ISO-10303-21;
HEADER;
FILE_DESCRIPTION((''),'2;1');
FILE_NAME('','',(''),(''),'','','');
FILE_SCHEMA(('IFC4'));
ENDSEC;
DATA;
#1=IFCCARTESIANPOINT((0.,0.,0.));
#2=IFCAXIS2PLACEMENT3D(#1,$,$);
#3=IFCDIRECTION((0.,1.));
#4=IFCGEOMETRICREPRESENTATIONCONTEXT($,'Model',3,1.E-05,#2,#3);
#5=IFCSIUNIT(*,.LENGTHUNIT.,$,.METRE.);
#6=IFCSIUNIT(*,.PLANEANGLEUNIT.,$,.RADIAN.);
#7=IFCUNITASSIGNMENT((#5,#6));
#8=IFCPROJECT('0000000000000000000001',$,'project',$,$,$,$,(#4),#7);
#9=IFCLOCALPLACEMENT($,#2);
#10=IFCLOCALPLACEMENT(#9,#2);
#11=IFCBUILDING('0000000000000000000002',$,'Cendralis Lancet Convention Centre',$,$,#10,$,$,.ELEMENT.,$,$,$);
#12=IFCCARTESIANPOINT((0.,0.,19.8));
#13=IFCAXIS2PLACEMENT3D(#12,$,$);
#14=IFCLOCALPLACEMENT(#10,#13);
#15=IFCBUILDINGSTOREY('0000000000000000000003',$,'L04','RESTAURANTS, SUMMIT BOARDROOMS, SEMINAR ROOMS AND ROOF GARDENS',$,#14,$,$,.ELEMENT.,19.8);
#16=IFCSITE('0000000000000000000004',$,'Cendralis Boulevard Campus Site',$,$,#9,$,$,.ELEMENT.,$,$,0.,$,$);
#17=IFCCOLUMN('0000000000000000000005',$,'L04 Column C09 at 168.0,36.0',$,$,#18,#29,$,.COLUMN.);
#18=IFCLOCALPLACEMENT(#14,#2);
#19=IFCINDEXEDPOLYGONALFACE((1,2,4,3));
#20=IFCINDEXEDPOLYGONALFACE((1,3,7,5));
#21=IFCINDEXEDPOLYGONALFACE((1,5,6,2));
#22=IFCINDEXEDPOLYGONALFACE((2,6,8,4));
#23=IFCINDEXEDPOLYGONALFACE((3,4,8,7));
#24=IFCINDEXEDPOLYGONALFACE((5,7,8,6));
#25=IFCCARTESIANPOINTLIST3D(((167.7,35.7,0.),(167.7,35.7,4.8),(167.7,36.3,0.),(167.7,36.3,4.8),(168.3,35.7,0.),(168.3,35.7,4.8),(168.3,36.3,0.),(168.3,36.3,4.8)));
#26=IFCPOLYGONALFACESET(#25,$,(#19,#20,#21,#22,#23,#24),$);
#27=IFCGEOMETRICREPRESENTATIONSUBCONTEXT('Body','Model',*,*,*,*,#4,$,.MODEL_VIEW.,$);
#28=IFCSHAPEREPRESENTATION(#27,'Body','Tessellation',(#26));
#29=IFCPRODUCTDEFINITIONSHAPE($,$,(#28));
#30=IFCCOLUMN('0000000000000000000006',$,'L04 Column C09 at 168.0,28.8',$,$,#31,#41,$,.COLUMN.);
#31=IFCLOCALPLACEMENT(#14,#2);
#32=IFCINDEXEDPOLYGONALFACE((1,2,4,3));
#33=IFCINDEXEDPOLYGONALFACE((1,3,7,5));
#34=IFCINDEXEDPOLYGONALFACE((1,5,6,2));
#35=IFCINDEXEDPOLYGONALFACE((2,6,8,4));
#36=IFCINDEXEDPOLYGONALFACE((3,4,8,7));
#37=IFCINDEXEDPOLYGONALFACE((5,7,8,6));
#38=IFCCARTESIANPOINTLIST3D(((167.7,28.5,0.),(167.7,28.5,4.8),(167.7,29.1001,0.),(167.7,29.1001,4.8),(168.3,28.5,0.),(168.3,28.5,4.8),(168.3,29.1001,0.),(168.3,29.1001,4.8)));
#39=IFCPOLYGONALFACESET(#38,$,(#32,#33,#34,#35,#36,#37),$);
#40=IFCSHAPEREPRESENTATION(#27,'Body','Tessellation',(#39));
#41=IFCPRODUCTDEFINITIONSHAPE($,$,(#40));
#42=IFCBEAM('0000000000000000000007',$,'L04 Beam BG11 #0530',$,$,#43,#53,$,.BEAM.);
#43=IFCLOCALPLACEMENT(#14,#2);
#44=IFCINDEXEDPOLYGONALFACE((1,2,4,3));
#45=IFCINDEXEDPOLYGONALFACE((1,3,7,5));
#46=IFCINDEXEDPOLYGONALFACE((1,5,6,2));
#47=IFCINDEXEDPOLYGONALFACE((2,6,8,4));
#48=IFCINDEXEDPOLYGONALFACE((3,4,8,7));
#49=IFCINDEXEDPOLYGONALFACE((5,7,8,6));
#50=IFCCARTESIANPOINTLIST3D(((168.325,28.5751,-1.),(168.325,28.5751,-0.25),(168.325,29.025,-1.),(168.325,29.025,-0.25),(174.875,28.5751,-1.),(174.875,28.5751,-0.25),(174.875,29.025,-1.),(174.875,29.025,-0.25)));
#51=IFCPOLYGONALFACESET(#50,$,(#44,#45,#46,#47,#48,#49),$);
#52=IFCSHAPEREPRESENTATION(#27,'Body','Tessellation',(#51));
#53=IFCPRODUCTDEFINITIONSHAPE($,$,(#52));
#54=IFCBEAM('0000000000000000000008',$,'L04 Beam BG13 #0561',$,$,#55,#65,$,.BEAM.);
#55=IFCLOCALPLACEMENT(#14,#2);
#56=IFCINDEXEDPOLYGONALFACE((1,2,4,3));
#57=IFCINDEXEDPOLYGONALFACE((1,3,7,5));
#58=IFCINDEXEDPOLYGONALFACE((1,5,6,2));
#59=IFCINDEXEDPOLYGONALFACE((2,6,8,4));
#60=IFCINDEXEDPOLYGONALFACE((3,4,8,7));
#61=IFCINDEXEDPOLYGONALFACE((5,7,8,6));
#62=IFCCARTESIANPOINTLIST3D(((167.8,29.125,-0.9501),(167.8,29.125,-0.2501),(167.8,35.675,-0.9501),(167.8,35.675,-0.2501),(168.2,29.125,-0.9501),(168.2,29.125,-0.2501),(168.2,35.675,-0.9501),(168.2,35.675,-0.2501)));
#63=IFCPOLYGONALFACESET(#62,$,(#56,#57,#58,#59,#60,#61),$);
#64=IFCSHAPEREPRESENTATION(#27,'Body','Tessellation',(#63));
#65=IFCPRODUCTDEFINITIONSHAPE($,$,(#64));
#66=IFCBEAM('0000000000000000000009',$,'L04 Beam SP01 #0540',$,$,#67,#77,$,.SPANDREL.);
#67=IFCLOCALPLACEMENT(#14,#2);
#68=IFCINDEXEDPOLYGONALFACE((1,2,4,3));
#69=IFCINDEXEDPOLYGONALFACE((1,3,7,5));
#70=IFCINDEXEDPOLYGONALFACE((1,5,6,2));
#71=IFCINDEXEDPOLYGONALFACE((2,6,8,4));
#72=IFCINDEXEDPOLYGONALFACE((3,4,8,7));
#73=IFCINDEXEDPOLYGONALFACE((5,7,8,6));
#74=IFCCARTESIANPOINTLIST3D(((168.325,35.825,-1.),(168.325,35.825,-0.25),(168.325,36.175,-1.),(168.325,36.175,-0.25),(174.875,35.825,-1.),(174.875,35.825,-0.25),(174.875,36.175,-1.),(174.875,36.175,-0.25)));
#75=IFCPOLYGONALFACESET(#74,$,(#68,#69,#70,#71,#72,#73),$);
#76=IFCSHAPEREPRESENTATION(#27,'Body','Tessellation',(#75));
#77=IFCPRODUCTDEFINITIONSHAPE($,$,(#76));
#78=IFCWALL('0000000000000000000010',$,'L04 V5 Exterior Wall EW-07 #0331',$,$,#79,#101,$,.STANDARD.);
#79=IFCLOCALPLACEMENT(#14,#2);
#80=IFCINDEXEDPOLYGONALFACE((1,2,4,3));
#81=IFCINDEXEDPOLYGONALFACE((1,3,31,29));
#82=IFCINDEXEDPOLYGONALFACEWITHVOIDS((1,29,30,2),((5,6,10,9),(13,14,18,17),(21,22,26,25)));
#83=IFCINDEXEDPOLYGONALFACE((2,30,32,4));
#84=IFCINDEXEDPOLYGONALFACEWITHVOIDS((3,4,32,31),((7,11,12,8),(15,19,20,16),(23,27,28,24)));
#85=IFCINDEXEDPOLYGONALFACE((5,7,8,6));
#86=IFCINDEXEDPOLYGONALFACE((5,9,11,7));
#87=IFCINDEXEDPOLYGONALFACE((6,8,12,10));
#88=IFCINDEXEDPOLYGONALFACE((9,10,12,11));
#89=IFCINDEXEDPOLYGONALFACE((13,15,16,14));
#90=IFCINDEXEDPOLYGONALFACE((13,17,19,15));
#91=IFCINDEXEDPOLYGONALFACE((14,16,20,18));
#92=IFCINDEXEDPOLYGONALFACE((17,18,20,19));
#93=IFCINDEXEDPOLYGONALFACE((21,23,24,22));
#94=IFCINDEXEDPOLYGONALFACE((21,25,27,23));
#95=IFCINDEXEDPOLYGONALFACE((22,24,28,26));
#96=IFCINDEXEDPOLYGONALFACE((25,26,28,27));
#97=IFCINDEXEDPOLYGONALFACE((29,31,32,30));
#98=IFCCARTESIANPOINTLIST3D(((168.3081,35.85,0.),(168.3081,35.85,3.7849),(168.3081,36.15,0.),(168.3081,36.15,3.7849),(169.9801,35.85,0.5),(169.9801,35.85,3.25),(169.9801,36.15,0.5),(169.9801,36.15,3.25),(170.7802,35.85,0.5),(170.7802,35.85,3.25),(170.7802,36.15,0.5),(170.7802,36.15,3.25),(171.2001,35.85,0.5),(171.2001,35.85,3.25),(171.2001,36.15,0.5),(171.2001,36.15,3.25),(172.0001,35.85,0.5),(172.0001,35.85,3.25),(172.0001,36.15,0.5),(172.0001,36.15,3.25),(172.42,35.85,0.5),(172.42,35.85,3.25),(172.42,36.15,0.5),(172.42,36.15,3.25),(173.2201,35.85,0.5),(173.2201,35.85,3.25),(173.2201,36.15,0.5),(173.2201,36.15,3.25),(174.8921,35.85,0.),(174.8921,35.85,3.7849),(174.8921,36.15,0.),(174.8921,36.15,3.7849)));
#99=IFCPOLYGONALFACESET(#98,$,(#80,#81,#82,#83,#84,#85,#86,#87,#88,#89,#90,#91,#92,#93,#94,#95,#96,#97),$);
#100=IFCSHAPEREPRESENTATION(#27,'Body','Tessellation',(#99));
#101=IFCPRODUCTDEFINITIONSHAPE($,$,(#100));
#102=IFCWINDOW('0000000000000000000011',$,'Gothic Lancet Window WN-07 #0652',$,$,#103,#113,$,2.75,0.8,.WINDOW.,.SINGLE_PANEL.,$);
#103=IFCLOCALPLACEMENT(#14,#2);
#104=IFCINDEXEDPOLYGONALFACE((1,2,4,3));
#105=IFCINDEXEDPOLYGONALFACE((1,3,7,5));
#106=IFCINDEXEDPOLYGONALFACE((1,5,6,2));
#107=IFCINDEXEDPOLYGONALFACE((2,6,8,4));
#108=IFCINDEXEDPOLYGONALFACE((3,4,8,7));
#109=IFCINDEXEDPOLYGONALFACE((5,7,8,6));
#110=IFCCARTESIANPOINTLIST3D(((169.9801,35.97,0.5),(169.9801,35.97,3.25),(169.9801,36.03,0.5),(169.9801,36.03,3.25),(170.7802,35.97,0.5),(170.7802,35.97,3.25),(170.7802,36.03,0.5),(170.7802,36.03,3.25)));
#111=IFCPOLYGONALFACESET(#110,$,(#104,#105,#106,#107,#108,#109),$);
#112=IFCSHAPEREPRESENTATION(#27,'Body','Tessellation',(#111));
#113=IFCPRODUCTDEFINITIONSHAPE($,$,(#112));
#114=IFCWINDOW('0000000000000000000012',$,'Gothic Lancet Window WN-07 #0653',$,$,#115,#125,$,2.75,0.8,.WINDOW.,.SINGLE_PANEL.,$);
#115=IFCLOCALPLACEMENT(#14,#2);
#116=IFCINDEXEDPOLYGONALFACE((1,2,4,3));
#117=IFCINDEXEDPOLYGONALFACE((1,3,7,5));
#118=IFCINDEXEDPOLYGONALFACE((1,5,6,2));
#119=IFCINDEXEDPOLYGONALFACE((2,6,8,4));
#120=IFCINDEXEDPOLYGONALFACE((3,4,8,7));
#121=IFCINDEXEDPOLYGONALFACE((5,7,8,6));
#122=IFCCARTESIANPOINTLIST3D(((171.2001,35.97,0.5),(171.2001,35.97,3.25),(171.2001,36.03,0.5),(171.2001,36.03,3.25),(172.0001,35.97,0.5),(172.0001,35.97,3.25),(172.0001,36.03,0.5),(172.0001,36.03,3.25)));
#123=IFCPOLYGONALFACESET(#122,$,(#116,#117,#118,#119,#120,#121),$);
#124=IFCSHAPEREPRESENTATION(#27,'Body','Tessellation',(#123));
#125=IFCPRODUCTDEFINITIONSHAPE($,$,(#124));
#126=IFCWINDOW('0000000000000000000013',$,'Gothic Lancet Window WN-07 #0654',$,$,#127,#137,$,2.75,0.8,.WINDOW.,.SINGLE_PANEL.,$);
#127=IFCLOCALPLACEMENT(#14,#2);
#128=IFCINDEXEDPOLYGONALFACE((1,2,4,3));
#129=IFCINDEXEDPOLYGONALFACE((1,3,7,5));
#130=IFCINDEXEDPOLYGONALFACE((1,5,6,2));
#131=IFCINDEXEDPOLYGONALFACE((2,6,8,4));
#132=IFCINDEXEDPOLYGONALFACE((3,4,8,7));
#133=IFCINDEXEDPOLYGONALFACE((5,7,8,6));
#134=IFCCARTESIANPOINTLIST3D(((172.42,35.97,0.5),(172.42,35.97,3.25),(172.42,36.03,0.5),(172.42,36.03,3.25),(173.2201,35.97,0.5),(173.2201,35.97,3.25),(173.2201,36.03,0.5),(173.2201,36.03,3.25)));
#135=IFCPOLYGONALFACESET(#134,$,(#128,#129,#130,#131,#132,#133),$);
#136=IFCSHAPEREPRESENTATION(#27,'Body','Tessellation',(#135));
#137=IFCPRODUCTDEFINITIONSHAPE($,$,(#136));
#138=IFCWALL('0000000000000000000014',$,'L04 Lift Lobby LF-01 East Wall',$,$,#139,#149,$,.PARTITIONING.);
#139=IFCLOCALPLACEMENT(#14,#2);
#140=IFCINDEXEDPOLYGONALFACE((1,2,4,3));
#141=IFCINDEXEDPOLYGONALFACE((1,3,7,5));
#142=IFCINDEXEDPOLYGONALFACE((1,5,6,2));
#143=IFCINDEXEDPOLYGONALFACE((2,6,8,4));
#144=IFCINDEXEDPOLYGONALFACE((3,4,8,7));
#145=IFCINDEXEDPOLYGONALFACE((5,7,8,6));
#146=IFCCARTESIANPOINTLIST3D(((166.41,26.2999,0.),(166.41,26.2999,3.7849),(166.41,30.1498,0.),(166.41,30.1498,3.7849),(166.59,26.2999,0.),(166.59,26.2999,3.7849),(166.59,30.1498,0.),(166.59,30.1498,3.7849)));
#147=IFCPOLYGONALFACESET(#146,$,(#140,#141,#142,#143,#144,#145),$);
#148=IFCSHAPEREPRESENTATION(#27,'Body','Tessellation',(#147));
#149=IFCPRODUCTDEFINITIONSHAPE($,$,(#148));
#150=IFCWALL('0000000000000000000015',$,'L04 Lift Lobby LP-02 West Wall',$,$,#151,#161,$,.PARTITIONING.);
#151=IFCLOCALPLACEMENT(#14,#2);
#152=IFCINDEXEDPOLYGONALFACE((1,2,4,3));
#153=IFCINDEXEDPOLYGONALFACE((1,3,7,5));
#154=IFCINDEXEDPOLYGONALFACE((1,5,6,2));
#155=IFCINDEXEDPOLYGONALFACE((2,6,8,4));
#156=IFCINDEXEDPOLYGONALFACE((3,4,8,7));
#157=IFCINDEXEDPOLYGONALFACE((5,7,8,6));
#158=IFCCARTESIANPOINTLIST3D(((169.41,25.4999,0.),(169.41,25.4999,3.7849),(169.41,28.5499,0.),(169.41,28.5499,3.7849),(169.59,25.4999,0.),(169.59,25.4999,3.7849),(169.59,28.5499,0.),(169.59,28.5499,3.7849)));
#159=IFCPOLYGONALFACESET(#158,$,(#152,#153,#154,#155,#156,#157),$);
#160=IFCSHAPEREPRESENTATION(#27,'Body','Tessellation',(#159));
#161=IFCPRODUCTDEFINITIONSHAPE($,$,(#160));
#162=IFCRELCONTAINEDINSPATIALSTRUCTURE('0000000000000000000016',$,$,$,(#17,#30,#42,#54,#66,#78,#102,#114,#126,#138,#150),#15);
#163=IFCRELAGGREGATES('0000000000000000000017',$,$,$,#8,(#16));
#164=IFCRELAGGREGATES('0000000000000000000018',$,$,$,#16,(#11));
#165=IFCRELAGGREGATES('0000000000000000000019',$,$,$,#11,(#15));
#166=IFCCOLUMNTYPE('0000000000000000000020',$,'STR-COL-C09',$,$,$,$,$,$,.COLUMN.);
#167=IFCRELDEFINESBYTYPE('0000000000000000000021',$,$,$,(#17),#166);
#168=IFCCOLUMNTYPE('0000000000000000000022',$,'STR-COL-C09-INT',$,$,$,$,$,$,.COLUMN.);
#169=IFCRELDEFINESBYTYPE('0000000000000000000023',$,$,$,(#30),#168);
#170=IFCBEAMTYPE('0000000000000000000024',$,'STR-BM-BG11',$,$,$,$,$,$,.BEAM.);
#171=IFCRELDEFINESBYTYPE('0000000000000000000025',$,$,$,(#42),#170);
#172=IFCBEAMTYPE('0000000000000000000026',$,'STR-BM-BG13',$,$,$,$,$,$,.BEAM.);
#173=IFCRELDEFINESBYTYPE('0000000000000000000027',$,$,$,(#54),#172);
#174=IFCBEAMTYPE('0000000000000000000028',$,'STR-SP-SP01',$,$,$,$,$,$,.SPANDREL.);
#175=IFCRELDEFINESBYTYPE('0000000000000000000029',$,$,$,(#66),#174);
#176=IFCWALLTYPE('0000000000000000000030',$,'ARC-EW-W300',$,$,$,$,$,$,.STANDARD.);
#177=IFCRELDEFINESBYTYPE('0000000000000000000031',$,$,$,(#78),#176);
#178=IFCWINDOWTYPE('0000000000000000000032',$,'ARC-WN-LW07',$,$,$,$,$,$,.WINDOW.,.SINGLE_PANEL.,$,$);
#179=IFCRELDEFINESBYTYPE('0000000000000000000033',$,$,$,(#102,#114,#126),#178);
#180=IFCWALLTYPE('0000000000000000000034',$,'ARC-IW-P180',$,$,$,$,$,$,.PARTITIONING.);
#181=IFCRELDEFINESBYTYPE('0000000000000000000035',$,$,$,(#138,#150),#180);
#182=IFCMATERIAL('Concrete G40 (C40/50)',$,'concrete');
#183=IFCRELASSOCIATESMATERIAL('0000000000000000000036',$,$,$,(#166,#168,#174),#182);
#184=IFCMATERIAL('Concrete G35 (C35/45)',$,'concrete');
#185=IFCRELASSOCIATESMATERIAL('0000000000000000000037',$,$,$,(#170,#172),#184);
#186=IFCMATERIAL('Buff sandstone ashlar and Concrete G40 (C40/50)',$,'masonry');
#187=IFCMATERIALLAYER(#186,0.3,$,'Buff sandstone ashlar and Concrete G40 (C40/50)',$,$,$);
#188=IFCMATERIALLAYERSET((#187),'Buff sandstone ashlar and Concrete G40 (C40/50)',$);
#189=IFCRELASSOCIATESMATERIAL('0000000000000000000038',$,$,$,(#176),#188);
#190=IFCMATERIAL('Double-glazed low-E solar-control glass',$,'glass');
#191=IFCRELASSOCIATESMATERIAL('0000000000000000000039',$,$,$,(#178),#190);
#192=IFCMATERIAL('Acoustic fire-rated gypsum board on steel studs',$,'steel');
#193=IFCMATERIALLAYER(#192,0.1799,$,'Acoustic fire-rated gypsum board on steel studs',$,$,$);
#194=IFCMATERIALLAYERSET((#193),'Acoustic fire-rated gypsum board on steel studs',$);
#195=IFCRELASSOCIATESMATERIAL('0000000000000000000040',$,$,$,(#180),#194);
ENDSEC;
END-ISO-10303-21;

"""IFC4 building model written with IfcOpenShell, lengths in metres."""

from ifc_helpers import new_model, si_unit, direction, frame, frame_2d, origin, origin_2d, place, context, subcontext, project, spatial, rectangle, extrude, material, layer, layer_set, material_profile, profile_set, type_object, element, fill, save


model = new_model("IFC4")

# Units and contexts
model_context = context("Model", 3, precision=1e-05, world=origin(), true_north=direction((0.0, 1.0)))
body_context = subcontext(model_context, "Body", "Model", "MODEL_VIEW")
ifc_project = project(units=[si_unit("LENGTHUNIT", "METRE"), si_unit("PLANEANGLEUNIT", "RADIAN")], contexts=[model_context])

# Site, building, storey
site_placement = place(None, origin())
site = spatial("IfcSite", under=ifc_project, at=site_placement, Name="Cendralis Boulevard Campus Site", CompositionType="ELEMENT", RefElevation=0.0)
building_placement = place(site_placement, origin())
building = spatial("IfcBuilding", under=site, at=building_placement, Name="Cendralis Lancet Convention Centre", CompositionType="ELEMENT")
storey_placement = place(building_placement, frame((0.0, 0.0, 19.8)))
storey = spatial("IfcBuildingStorey", under=building, at=storey_placement, Name="L04", Description="RESTAURANTS, SUMMIT BOARDROOMS, SEMINAR ROOMS AND ROOF GARDENS", CompositionType="ELEMENT", Elevation=19.8)

# Columns
ifc_material_1 = material(Name="Concrete G40 (C40/50)", Category="concrete")
ifc_material_profile_1 = material_profile(ifc_material_1, rectangle(XDim=0.6001, YDim=0.6001, at=origin_2d()), Name="RC 600x600")
ifc_profile_set_1 = profile_set([ifc_material_profile_1], Name="Concrete G40 (C40/50)")
column_type_1 = type_object("IfcColumnType", Name="STR-COL-C09", PredefinedType="COLUMN", material=ifc_profile_set_1)
column_1_placement = place(storey_placement, frame((168.0, 36.0, 0.0), z_axis=(0.0, 0.0, 1.0), x_axis=(1.0, 0.0, 0.0)))
element("IfcColumn", 1, at=column_1_placement, inside=storey, type_object=column_type_1, Name="L04 Column C09 at 168.0,36.0", PredefinedType="COLUMN", context=body_context, shape_type="SweptSolid", body=[
    extrude(rectangle(XDim=0.6001, YDim=0.6001, at=origin_2d()), origin(), (0.0, 0.0, 1.0), 4.8),
])
ifc_material_profile_2 = material_profile(ifc_material_1, rectangle(XDim=0.6001, YDim=0.6001, at=origin_2d()), Name="RC 600x600")
ifc_profile_set_2 = profile_set([ifc_material_profile_2], Name="Concrete G40 (C40/50)")
column_type_2 = type_object("IfcColumnType", Name="STR-COL-C09-INT", PredefinedType="COLUMN", material=ifc_profile_set_2)
column_2_placement = place(storey_placement, frame((168.0, 28.8, 0.0), z_axis=(0.0, 0.0, 1.0), x_axis=(1.0, 0.0, 0.0)))
element("IfcColumn", 2, at=column_2_placement, inside=storey, type_object=column_type_2, Name="L04 Column C09 at 168.0,28.8", PredefinedType="COLUMN", context=body_context, shape_type="SweptSolid", body=[
    extrude(rectangle(XDim=0.6001, YDim=0.6001, at=origin_2d()), origin(), (0.0, 0.0, 1.0), 4.8),
])

# Beams
ifc_material_2 = material(Name="Concrete G35 (C35/45)", Category="concrete")
ifc_material_profile_3 = material_profile(ifc_material_2, rectangle(XDim=0.45, YDim=0.75, at=origin_2d()), Name="RCB 450x750")
ifc_profile_set_3 = profile_set([ifc_material_profile_3], Name="Concrete G35 (C35/45)")
beam_type_1 = type_object("IfcBeamType", Name="STR-BM-BG11", PredefinedType="BEAM", material=ifc_profile_set_3)
beam_1_placement = place(storey_placement, frame((168.325, 28.8, -0.625), z_axis=(1.0, 0.0, 0.0), x_axis=(0.0, 1.0, 0.0)))
element("IfcBeam", 3, at=beam_1_placement, inside=storey, type_object=beam_type_1, Name="L04 Beam BG11 #0530", PredefinedType="BEAM", context=body_context, shape_type="SweptSolid", body=[
    extrude(rectangle(XDim=0.45, YDim=0.75, at=origin_2d()), origin(), (0.0, 0.0, 1.0), 6.55),
])
ifc_material_profile_4 = material_profile(ifc_material_2, rectangle(XDim=0.3999, YDim=0.7, at=origin_2d()), Name="RCB 400x700")
ifc_profile_set_4 = profile_set([ifc_material_profile_4], Name="Concrete G35 (C35/45)")
beam_type_2 = type_object("IfcBeamType", Name="STR-BM-BG13", PredefinedType="BEAM", material=ifc_profile_set_4)
beam_2_placement = place(storey_placement, frame((168.0, 29.125, -0.6001), z_axis=(0.0, 1.0, 0.0), x_axis=(-1.0, 0.0, 0.0)))
element("IfcBeam", 4, at=beam_2_placement, inside=storey, type_object=beam_type_2, Name="L04 Beam BG13 #0561", PredefinedType="BEAM", context=body_context, shape_type="SweptSolid", body=[
    extrude(rectangle(XDim=0.3999, YDim=0.7, at=origin_2d()), origin(), (0.0, 0.0, 1.0), 6.55),
])
ifc_material_profile_5 = material_profile(ifc_material_1, rectangle(XDim=0.3501, YDim=0.75, at=origin_2d()), Name="RCB 350x750")
ifc_profile_set_5 = profile_set([ifc_material_profile_5], Name="Concrete G40 (C40/50)")
beam_type_3 = type_object("IfcBeamType", Name="STR-SP-SP01", PredefinedType="SPANDREL", material=ifc_profile_set_5)
beam_3_placement = place(storey_placement, frame((168.325, 36.0, -0.625), z_axis=(1.0, 0.0, 0.0), x_axis=(0.0, 1.0, 0.0)))
element("IfcBeam", 5, at=beam_3_placement, inside=storey, type_object=beam_type_3, Name="L04 Beam SP01 #0540", PredefinedType="SPANDREL", context=body_context, shape_type="SweptSolid", body=[
    extrude(rectangle(XDim=0.3501, YDim=0.75, at=origin_2d()), origin(), (0.0, 0.0, 1.0), 6.55),
])

# Wall, openings, windows
ifc_material_3 = material(Name="Buff sandstone ashlar and Concrete G40 (C40/50)", Category="masonry")
ifc_layer_1 = layer(ifc_material_3, 0.3, Name="Buff sandstone ashlar and Concrete G40 (C40/50)")
ifc_layer_set_1 = layer_set([ifc_layer_1], Name="Buff sandstone ashlar and Concrete G40 (C40/50)")
wall_type_1 = type_object("IfcWallType", Name="ARC-EW-W300", PredefinedType="STANDARD", material=ifc_layer_set_1)
wall_1_placement = place(storey_placement, frame((168.3081, 36.0, 0.0), z_axis=(0.0, 0.0, 1.0), x_axis=(1.0, 0.0, 0.0)))
wall_1 = element("IfcWall", 6, at=wall_1_placement, inside=storey, type_object=wall_type_1, Name="L04 V5 Exterior Wall EW-07 #0331", PredefinedType="STANDARD", context=body_context, shape_type="SweptSolid", body=[
    extrude(rectangle(XDim=6.584, YDim=0.3, at=frame_2d((3.292, 0.0))), origin(), (0.0, 0.0, 1.0), 3.7849),
])
opening_1_placement = place(wall_1_placement, frame((1.6721, 0.0, 0.5)))
opening_1 = element("IfcOpeningElement", 7, at=opening_1_placement, cuts=wall_1, PredefinedType="OPENING", context=body_context, shape_type="SweptSolid", body=[
    extrude(rectangle(XDim=0.8, YDim=2.75, at=frame_2d((0.3999, 1.375))), frame((0.0, 0.1599, 0.0), z_axis=(0.0, -1.0, 0.0), x_axis=(1.0, 0.0, 0.0)), (0.0, 0.0, 1.0), 0.3201),
])
opening_2_placement = place(wall_1_placement, frame((2.8921, 0.0, 0.5)))
opening_2 = element("IfcOpeningElement", 8, at=opening_2_placement, cuts=wall_1, PredefinedType="OPENING", context=body_context, shape_type="SweptSolid", body=[
    extrude(rectangle(XDim=0.8, YDim=2.75, at=frame_2d((0.3999, 1.375))), frame((0.0, 0.1599, 0.0), z_axis=(0.0, -1.0, 0.0), x_axis=(1.0, 0.0, 0.0)), (0.0, 0.0, 1.0), 0.3201),
])
opening_3_placement = place(wall_1_placement, frame((4.1121, 0.0, 0.5)))
opening_3 = element("IfcOpeningElement", 9, at=opening_3_placement, cuts=wall_1, PredefinedType="OPENING", context=body_context, shape_type="SweptSolid", body=[
    extrude(rectangle(XDim=0.8, YDim=2.75, at=frame_2d((0.3999, 1.375))), frame((0.0, 0.1599, 0.0), z_axis=(0.0, -1.0, 0.0), x_axis=(1.0, 0.0, 0.0)), (0.0, 0.0, 1.0), 0.3201),
])
ifc_material_4 = material(Name="Double-glazed low-E solar-control glass", Category="glass")
window_type = type_object("IfcWindowType", Name="ARC-WN-LW07", PartitioningType="SINGLE_PANEL", PredefinedType="WINDOW", material=ifc_material_4)
window_1_placement = place(opening_1_placement, origin())
window_1 = element("IfcWindow", 10, at=window_1_placement, inside=storey, type_object=window_type, Name="Gothic Lancet Window WN-07 #0652", OverallHeight=2.75, OverallWidth=0.8, PartitioningType="SINGLE_PANEL", PredefinedType="WINDOW", context=body_context, shape_type="SweptSolid", body=[
    extrude(rectangle(XDim=0.8, YDim=2.75, at=frame_2d((0.3999, 1.375))), frame((0.0, 0.03, 0.0), z_axis=(0.0, -1.0, 0.0), x_axis=(1.0, 0.0, 0.0)), (0.0, 0.0, 1.0), 0.0601),
])
fill(opening_1, window_1)
window_2_placement = place(opening_2_placement, origin())
window_2 = element("IfcWindow", 11, at=window_2_placement, inside=storey, type_object=window_type, Name="Gothic Lancet Window WN-07 #0653", OverallHeight=2.75, OverallWidth=0.8, PartitioningType="SINGLE_PANEL", PredefinedType="WINDOW", context=body_context, shape_type="SweptSolid", body=[
    extrude(rectangle(XDim=0.8, YDim=2.75, at=frame_2d((0.3999, 1.375))), frame((0.0, 0.03, 0.0), z_axis=(0.0, -1.0, 0.0), x_axis=(1.0, 0.0, 0.0)), (0.0, 0.0, 1.0), 0.0601),
])
fill(opening_2, window_2)
window_3_placement = place(opening_3_placement, origin())
window_3 = element("IfcWindow", 12, at=window_3_placement, inside=storey, type_object=window_type, Name="Gothic Lancet Window WN-07 #0654", OverallHeight=2.75, OverallWidth=0.8, PartitioningType="SINGLE_PANEL", PredefinedType="WINDOW", context=body_context, shape_type="SweptSolid", body=[
    extrude(rectangle(XDim=0.8, YDim=2.75, at=frame_2d((0.3999, 1.375))), frame((0.0, 0.03, 0.0), z_axis=(0.0, -1.0, 0.0), x_axis=(1.0, 0.0, 0.0)), (0.0, 0.0, 1.0), 0.0601),
])
fill(opening_3, window_3)

# Shared definitions
ifc_material_5 = material(Name="Acoustic fire-rated gypsum board on steel studs", Category="steel")
ifc_layer_2 = layer(ifc_material_5, 0.1799, Name="Acoustic fire-rated gypsum board on steel studs")
ifc_layer_set_2 = layer_set([ifc_layer_2], Name="Acoustic fire-rated gypsum board on steel studs")
wall_type_2 = type_object("IfcWallType", Name="ARC-IW-P180", PredefinedType="PARTITIONING", material=ifc_layer_set_2)

# Wall
wall_2_placement = place(storey_placement, frame((166.5, 26.3, 0.0), z_axis=(0.0, 0.0, 1.0), x_axis=(0.0, 1.0, 0.0)))
element("IfcWall", 13, at=wall_2_placement, inside=storey, type_object=wall_type_2, Name="L04 Lift Lobby LF-01 East Wall", PredefinedType="PARTITIONING", context=body_context, shape_type="SweptSolid", body=[
    extrude(rectangle(XDim=3.8499, YDim=0.1799, at=frame_2d((1.9248, 0.0))), origin(), (0.0, 0.0, 1.0), 3.7849),
])

# Wall
wall_3_placement = place(storey_placement, frame((169.5, 25.5, 0.0), z_axis=(0.0, 0.0, 1.0), x_axis=(0.0, 1.0, 0.0)))
element("IfcWall", 14, at=wall_3_placement, inside=storey, type_object=wall_type_2, Name="L04 Lift Lobby LP-02 West Wall", PredefinedType="PARTITIONING", context=body_context, shape_type="SweptSolid", body=[
    extrude(rectangle(XDim=3.05, YDim=0.1799, at=frame_2d((1.5249, 0.0))), origin(), (0.0, 0.0, 1.0), 3.7849),
])

save(model, "model.ifc")
